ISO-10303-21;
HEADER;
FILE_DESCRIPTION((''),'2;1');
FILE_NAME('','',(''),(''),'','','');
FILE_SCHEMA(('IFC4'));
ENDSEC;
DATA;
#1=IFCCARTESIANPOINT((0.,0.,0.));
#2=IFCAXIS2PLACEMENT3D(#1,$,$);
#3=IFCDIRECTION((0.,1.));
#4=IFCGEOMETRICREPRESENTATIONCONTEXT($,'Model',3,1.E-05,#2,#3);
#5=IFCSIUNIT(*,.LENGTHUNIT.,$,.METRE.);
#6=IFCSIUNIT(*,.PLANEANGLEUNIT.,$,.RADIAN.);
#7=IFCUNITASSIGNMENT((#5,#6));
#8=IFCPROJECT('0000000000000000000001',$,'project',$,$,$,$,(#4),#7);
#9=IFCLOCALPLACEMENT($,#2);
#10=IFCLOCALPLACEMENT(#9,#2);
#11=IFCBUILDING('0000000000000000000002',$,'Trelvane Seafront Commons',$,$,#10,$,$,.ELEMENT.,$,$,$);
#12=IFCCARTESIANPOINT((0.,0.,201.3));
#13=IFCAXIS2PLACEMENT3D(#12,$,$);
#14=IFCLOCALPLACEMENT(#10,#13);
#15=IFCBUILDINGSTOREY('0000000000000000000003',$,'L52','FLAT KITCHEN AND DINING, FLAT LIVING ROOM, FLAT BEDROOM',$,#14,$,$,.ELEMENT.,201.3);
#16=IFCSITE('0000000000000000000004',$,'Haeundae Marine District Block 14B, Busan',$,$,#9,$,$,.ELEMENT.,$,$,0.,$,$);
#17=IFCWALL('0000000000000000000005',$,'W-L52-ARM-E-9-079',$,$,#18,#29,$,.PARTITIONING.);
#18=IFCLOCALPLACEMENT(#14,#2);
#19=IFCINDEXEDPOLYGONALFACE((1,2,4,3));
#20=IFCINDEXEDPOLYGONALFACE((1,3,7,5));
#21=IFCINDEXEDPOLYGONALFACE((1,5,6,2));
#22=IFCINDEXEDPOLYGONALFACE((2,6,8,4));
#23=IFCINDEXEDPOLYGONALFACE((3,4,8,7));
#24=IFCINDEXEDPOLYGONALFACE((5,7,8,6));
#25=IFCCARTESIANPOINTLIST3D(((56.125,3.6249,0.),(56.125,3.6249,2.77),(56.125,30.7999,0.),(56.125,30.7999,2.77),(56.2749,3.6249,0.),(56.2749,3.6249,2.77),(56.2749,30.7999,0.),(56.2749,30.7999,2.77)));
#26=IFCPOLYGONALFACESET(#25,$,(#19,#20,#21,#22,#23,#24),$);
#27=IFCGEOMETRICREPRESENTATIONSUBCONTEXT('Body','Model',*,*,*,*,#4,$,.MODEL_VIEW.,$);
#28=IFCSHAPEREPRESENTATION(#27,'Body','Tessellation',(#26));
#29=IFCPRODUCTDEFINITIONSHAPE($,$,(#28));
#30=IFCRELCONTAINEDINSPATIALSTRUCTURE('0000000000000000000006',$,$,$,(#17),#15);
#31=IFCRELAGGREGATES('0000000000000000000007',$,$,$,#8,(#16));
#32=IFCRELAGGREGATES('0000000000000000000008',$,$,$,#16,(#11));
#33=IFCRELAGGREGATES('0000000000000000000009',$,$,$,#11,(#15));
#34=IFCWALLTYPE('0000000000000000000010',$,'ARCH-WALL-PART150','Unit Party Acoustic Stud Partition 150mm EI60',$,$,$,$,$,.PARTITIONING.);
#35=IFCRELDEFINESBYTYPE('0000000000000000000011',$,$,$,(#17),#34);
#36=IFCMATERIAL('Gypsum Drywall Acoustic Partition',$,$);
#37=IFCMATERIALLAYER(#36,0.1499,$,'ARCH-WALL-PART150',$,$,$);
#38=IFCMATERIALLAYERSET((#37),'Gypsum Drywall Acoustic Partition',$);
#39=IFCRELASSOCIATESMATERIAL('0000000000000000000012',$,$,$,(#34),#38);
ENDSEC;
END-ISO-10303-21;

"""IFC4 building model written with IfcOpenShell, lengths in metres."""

from ifc_helpers import new_model, si_unit, direction, frame, frame_2d, origin, place, context, subcontext, project, spatial, rectangle, extrude, material, layer, layer_set, type_object, element, save


model = new_model("IFC4")

# Units and contexts
model_context = context("Model", 3, precision=1e-05, world=origin(), true_north=direction((0.0, 1.0)))
body_context = subcontext(model_context, "Body", "Model", "MODEL_VIEW")
ifc_project = project(units=[si_unit("LENGTHUNIT", "METRE"), si_unit("PLANEANGLEUNIT", "RADIAN")], contexts=[model_context])

# Site, building, storey
site_placement = place(None, origin())
site = spatial("IfcSite", under=ifc_project, at=site_placement, Name="Haeundae Marine District Block 14B, Busan", CompositionType="ELEMENT", RefElevation=0.0)
building_placement = place(site_placement, origin())
building = spatial("IfcBuilding", under=site, at=building_placement, Name="Trelvane Seafront Commons", CompositionType="ELEMENT")
storey_placement = place(building_placement, frame((0.0, 0.0, 201.3)))
storey = spatial("IfcBuildingStorey", under=building, at=storey_placement, Name="L52", Description="FLAT KITCHEN AND DINING, FLAT LIVING ROOM, FLAT BEDROOM", CompositionType="ELEMENT", Elevation=201.3)

# Shared definitions
ifc_material_1 = material(Name="Gypsum Drywall Acoustic Partition")

# Wall
ifc_layer_1 = layer(ifc_material_1, 0.1499, Name="ARCH-WALL-PART150")
ifc_layer_set_1 = layer_set([ifc_layer_1], Name="Gypsum Drywall Acoustic Partition")
wall_type_1 = type_object("IfcWallType", Name="ARCH-WALL-PART150", Description="Unit Party Acoustic Stud Partition 150mm EI60", PredefinedType="PARTITIONING", material=ifc_layer_set_1)
for number, where, z_axis, x_axis, name in (
    (1, (56.2, 3.625, 0.0), (0.0, 0.0, 1.0), (0.0, 1.0, 0.0), "W-L52-ARM-E-9-079"),
):
    element("IfcWall", number, at=place(storey_placement, frame(where, z_axis=z_axis, x_axis=x_axis)), inside=storey, type_object=wall_type_1, Name=name, PredefinedType="PARTITIONING", context=body_context, shape_type="SweptSolid", body=[
        extrude(rectangle(XDim=27.175, YDim=0.1499, at=frame_2d((13.5874, 0.0))), origin(), (0.0, 0.0, 1.0), 2.77),
    ])

save(model, "model.ifc")
